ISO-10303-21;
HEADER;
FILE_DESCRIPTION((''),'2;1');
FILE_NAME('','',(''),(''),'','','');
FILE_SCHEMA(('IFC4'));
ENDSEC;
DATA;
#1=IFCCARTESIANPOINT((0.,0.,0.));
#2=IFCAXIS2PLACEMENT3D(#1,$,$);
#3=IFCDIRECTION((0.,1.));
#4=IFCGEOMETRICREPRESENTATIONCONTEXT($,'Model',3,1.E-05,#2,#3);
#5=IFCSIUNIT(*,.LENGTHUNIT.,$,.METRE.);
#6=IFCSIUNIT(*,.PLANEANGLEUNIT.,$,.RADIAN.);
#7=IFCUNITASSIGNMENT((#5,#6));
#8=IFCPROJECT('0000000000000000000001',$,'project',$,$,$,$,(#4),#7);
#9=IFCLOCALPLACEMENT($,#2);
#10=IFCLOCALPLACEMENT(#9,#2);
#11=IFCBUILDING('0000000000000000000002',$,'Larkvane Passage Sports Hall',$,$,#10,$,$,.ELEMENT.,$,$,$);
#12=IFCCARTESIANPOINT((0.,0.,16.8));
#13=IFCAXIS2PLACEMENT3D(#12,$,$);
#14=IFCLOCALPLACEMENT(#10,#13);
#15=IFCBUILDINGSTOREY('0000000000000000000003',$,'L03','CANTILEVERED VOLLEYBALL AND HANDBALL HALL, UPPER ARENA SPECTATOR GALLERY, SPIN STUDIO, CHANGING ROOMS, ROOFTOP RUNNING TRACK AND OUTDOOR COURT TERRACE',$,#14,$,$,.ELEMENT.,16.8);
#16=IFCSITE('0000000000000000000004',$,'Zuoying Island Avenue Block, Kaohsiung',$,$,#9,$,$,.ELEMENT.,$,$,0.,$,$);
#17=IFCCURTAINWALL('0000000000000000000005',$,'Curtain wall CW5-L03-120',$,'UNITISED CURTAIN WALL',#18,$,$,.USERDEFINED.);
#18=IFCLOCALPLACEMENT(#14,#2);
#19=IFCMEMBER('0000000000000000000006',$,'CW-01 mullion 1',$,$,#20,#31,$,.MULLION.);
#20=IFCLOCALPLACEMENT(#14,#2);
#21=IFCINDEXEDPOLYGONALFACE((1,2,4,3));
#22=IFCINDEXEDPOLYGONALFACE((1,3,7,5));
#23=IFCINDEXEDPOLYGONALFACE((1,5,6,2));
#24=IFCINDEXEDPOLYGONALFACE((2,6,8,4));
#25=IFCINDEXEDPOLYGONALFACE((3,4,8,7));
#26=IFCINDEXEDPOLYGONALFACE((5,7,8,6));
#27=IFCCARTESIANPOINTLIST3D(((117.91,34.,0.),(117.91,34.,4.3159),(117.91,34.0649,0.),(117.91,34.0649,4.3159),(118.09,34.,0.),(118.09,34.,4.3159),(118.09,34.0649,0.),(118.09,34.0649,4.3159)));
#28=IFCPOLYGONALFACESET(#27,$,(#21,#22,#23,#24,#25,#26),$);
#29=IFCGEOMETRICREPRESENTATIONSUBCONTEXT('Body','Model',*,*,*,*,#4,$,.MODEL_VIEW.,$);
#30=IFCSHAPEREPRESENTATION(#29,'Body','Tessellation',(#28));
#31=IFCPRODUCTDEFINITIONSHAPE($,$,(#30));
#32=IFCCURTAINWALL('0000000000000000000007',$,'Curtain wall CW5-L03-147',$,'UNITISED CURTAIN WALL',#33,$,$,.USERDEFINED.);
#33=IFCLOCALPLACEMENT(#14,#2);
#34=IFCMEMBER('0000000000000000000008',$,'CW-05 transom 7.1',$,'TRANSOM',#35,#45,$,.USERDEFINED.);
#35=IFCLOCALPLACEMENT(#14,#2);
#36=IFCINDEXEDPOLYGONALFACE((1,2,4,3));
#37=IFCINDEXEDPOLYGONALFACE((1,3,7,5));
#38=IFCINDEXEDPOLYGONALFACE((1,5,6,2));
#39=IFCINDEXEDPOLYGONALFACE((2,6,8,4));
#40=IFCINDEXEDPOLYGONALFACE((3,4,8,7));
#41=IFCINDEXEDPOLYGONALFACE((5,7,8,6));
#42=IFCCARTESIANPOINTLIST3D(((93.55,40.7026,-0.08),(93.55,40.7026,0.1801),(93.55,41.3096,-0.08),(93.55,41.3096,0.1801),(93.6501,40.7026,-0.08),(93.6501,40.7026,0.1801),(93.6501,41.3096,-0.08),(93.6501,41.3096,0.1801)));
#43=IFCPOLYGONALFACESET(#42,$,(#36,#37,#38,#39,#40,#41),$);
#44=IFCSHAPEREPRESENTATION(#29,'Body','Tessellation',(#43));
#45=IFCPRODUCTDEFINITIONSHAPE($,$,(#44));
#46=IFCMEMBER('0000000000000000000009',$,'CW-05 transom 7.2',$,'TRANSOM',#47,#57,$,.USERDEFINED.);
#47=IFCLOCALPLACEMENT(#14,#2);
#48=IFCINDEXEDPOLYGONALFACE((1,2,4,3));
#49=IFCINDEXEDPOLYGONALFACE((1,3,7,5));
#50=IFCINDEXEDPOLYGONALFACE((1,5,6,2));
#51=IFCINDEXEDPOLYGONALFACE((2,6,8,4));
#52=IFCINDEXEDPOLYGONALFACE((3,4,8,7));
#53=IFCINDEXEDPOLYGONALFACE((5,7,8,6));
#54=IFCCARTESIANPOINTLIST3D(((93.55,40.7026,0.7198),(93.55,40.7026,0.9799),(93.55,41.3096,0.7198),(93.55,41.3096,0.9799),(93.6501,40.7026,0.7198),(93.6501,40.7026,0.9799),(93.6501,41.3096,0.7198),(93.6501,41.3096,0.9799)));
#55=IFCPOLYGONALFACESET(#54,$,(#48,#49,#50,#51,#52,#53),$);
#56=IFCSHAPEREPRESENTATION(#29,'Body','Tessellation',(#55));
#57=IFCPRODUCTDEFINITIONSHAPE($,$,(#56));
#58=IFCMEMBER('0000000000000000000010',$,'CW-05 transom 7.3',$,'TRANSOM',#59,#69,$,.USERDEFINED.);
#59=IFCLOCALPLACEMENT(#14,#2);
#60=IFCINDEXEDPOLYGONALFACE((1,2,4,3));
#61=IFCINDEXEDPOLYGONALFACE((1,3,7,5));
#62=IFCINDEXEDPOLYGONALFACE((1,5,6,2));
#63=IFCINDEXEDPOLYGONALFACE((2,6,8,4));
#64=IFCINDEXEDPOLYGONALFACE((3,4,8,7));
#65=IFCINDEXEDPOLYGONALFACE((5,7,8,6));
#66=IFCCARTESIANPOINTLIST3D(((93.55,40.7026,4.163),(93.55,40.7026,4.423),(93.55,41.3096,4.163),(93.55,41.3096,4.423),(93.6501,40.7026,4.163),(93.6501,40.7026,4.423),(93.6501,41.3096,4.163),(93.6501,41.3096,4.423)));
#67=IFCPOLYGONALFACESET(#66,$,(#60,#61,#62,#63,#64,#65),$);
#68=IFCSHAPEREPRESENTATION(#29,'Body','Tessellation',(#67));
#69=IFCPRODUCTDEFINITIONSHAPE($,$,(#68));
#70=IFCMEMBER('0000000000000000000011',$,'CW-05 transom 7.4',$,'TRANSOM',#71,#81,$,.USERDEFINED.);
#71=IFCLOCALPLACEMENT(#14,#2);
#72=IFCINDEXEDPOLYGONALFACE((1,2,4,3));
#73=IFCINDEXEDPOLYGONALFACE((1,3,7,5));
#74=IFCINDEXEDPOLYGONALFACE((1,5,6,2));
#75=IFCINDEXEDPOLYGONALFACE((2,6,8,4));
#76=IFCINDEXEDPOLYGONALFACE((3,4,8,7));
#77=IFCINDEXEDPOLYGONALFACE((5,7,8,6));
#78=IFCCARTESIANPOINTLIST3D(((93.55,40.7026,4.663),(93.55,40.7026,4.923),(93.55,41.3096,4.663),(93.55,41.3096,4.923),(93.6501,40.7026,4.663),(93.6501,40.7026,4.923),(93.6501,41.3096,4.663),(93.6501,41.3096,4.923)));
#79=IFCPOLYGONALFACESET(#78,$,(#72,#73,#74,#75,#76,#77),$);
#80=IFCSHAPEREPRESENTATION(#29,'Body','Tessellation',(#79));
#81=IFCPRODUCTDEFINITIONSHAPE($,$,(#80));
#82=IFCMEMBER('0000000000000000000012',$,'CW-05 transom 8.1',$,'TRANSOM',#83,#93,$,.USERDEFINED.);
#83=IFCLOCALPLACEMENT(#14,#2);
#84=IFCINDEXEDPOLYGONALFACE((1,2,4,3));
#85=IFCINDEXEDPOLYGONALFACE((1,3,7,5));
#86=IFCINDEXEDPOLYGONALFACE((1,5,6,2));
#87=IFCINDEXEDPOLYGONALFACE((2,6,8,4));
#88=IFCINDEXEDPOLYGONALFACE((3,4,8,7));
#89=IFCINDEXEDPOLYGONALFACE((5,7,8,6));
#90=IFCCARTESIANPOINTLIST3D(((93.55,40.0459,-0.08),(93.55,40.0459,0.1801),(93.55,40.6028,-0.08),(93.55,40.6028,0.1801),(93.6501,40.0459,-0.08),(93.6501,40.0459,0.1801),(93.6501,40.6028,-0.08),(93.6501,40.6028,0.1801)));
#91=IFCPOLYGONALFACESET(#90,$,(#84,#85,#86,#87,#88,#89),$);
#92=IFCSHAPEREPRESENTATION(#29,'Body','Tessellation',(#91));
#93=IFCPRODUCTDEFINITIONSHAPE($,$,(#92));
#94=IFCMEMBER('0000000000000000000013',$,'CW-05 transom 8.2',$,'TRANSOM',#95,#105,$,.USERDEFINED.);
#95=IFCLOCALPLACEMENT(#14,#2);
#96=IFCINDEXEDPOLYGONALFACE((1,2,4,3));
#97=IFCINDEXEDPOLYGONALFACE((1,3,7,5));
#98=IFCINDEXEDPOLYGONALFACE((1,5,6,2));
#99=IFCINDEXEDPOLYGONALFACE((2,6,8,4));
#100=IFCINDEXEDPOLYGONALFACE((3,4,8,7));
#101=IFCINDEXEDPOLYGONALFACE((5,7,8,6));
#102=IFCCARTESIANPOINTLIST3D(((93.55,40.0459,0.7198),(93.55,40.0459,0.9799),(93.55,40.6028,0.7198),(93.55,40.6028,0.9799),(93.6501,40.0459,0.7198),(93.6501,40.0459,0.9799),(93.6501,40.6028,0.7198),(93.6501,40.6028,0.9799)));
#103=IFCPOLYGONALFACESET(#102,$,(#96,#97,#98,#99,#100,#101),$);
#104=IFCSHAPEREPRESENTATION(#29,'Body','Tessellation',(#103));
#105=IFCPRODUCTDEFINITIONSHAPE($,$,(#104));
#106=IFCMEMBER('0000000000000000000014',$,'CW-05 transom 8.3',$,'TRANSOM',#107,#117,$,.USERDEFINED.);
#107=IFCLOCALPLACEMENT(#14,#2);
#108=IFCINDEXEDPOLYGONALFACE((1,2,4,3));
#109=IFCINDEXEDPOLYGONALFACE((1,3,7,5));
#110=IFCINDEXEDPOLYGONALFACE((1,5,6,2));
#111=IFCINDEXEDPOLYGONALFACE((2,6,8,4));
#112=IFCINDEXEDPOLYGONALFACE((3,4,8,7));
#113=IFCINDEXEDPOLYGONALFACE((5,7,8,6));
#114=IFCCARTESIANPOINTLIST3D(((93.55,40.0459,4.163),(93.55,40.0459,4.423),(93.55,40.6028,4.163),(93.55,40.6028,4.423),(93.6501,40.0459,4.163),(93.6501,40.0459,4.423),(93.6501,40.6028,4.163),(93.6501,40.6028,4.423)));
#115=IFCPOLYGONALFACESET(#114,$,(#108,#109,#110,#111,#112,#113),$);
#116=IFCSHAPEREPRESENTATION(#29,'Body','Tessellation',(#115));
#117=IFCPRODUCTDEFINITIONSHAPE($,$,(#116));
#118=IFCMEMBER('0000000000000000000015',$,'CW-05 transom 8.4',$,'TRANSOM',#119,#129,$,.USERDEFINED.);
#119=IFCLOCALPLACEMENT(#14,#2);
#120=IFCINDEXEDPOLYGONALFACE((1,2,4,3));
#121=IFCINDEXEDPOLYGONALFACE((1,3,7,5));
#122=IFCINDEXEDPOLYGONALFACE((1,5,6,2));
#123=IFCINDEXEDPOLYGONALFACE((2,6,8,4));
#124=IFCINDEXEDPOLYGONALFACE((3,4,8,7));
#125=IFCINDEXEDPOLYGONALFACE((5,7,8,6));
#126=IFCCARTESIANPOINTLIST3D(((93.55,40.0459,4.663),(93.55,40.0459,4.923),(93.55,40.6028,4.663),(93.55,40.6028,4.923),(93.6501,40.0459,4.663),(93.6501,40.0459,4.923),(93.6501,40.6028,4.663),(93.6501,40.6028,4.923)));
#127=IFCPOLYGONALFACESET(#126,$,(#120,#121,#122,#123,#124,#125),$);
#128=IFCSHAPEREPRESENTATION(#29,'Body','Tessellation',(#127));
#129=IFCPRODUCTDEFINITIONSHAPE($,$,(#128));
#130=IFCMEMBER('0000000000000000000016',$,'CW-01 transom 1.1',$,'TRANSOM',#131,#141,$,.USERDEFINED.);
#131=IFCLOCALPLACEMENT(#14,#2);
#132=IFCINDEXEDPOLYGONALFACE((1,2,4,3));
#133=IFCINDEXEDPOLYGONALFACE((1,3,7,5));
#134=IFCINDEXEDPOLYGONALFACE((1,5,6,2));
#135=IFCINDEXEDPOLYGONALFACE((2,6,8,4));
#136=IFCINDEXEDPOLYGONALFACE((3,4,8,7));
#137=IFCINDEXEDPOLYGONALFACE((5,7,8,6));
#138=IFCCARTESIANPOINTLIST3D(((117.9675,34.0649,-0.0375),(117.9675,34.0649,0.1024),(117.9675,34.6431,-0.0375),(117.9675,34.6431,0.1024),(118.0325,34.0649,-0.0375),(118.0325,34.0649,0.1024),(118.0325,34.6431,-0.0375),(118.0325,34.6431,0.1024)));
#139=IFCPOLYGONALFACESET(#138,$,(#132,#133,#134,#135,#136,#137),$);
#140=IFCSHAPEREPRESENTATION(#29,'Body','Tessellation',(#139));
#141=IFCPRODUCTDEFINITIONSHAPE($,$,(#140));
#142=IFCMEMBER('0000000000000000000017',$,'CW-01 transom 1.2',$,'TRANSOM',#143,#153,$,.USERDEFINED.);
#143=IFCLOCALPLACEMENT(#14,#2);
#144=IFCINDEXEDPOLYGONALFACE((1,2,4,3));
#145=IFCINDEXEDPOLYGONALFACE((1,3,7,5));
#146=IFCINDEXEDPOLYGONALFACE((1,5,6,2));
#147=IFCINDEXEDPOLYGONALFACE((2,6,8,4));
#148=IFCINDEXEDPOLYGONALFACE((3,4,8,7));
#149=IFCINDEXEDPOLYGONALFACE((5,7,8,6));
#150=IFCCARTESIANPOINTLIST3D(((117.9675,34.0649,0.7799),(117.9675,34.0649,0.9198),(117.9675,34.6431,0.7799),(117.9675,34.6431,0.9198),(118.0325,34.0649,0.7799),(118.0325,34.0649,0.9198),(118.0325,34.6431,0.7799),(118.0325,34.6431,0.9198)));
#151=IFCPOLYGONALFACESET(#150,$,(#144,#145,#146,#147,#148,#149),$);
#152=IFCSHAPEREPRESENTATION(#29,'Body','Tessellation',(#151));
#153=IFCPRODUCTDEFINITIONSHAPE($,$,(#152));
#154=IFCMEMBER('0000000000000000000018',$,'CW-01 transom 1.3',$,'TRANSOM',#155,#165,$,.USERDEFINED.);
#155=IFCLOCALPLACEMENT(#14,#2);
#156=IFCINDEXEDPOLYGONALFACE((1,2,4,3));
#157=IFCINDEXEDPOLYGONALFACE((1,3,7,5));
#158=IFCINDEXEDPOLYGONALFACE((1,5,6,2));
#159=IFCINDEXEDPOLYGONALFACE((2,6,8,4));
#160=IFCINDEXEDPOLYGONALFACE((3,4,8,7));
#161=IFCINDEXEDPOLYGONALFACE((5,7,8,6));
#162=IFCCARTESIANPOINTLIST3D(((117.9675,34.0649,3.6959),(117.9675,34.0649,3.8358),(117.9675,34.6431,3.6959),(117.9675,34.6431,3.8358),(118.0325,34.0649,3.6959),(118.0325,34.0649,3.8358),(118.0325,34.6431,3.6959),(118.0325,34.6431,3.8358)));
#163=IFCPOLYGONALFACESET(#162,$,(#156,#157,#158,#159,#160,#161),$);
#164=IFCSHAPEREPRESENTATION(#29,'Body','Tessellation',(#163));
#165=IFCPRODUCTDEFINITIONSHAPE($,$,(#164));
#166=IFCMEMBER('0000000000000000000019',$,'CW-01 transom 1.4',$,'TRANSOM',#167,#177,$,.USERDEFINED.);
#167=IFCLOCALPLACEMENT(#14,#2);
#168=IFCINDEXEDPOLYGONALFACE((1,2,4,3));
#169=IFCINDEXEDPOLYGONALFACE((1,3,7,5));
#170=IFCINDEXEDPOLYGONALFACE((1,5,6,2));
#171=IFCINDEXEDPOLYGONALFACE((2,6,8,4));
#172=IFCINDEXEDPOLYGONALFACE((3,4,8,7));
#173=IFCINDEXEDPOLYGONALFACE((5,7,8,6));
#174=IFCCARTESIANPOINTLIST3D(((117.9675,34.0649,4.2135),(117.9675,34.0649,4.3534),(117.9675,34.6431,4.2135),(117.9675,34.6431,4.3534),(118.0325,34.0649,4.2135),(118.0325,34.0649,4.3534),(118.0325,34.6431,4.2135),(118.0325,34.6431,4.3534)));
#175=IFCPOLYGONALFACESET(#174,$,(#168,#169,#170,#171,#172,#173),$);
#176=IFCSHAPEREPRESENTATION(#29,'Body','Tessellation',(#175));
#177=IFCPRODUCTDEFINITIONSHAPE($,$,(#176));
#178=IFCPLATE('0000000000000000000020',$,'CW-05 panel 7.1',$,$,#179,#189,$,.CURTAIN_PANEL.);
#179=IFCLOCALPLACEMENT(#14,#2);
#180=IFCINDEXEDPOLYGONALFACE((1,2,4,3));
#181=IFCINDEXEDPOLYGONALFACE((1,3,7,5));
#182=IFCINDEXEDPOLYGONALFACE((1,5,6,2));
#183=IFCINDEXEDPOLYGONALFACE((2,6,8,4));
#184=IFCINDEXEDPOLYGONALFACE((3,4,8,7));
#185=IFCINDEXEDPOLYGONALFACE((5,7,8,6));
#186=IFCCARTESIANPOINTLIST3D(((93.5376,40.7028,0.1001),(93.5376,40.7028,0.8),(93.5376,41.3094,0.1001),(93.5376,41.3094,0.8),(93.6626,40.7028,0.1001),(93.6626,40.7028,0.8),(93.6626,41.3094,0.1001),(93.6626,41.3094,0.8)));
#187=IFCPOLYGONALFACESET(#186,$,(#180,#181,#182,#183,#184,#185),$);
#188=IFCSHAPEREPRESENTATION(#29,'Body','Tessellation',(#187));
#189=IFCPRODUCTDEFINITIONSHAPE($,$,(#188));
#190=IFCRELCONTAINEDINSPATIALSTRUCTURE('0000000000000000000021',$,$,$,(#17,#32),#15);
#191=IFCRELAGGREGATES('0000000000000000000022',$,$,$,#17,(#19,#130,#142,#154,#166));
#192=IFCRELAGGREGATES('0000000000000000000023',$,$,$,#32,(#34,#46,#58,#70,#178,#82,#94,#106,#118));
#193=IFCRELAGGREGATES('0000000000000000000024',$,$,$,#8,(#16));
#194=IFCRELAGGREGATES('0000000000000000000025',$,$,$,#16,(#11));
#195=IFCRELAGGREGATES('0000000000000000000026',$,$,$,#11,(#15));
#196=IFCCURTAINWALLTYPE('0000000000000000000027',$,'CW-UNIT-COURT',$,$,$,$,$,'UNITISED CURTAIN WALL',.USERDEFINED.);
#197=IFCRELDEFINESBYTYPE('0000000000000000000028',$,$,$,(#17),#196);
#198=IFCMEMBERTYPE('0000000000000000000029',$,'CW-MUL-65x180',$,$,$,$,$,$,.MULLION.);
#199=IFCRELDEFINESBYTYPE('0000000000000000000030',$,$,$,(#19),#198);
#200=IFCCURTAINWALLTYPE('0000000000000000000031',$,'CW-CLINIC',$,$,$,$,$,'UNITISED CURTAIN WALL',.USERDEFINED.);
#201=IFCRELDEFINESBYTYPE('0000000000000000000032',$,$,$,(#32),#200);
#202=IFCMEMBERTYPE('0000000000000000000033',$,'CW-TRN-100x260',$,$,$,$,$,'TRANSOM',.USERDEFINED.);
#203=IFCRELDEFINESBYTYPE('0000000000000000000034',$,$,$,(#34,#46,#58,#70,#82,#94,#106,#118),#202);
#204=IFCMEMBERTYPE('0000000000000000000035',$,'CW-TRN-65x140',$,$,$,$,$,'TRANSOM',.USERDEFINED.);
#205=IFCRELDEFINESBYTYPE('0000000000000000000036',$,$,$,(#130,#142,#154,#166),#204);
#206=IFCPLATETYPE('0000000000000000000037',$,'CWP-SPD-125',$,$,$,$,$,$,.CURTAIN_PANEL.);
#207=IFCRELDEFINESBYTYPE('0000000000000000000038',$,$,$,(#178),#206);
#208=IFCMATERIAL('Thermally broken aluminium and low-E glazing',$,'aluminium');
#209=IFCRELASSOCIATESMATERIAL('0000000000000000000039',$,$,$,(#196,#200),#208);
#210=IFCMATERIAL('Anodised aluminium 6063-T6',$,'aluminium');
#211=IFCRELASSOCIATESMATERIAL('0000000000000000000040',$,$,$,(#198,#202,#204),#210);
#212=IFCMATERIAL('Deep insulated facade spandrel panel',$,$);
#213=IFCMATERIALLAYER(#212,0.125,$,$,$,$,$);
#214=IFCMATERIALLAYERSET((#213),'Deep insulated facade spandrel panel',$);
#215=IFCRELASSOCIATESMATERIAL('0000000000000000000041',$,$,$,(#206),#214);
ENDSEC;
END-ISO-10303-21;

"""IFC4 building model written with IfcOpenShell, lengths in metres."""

from ifc_helpers import new_model, si_unit, direction, frame, origin, origin_2d, place, context, subcontext, project, spatial, rectangle, extrude, material, layer, layer_set, material_profile, profile_set, type_object, element, aggregate, save


model = new_model("IFC4")

# Units and contexts
model_context = context("Model", 3, precision=1e-05, world=origin(), true_north=direction((0.0, 1.0)))
body_context = subcontext(model_context, "Body", "Model", "MODEL_VIEW")
ifc_project = project(units=[si_unit("LENGTHUNIT", "METRE"), si_unit("PLANEANGLEUNIT", "RADIAN")], contexts=[model_context])

# Site, building, storey
site_placement = place(None, origin())
site = spatial("IfcSite", under=ifc_project, at=site_placement, Name="Zuoying Island Avenue Block, Kaohsiung", CompositionType="ELEMENT", RefElevation=0.0)
building_placement = place(site_placement, origin())
building = spatial("IfcBuilding", under=site, at=building_placement, Name="Larkvane Passage Sports Hall", CompositionType="ELEMENT")
storey_placement = place(building_placement, frame((0.0, 0.0, 16.8)))
storey = spatial("IfcBuildingStorey", under=building, at=storey_placement, Name="L03", Description="CANTILEVERED VOLLEYBALL AND HANDBALL HALL, UPPER ARENA SPECTATOR GALLERY, SPIN STUDIO, CHANGING ROOMS, ROOFTOP RUNNING TRACK AND OUTDOOR COURT TERRACE", CompositionType="ELEMENT", Elevation=16.8)

# Curtain wall, member
ifc_material_1 = material(Name="Thermally broken aluminium and low-E glazing", Category="aluminium")
curtain_wall_type_1 = type_object("IfcCurtainWallType", Name="CW-UNIT-COURT", ElementType="UNITISED CURTAIN WALL", PredefinedType="USERDEFINED", material=ifc_material_1)
curtain_wall_1_placement = place(storey_placement, origin())
curtain_wall_1 = element("IfcCurtainWall", 1, at=curtain_wall_1_placement, inside=storey, type_object=curtain_wall_type_1, Name="Curtain wall CW5-L03-120", ObjectType="UNITISED CURTAIN WALL", PredefinedType="USERDEFINED")
ifc_material_2 = material(Name="Anodised aluminium 6063-T6", Category="aluminium")
ifc_material_profile_1 = material_profile(ifc_material_2, rectangle(XDim=0.0649, YDim=0.1799, at=origin_2d()), Name="ALU-MUL-65x180")
ifc_profile_set_1 = profile_set([ifc_material_profile_1], Name="Anodised aluminium 6063-T6")
member_type_1 = type_object("IfcMemberType", Name="CW-MUL-65x180", PredefinedType="MULLION", material=ifc_profile_set_1)
member_1_placement = place(storey_placement, frame((118.0, 34.0325, 0.0), z_axis=(0.0, 0.0, 1.0), x_axis=(0.0, 1.0, 0.0)))
member_1 = element("IfcMember", 2, at=member_1_placement, type_object=member_type_1, Name="CW-01 mullion 1", PredefinedType="MULLION", context=body_context, shape_type="SweptSolid", body=[
    extrude(rectangle(XDim=0.0649, YDim=0.1799, at=origin_2d()), origin(), (0.0, 0.0, 1.0), 4.3159),
])

# Curtain wall, members
curtain_wall_type_2 = type_object("IfcCurtainWallType", Name="CW-CLINIC", ElementType="UNITISED CURTAIN WALL", PredefinedType="USERDEFINED", material=ifc_material_1)
curtain_wall_2_placement = place(storey_placement, origin())
curtain_wall_2 = element("IfcCurtainWall", 3, at=curtain_wall_2_placement, inside=storey, type_object=curtain_wall_type_2, Name="Curtain wall CW5-L03-147", ObjectType="UNITISED CURTAIN WALL", PredefinedType="USERDEFINED")
ifc_material_profile_2 = material_profile(ifc_material_2, rectangle(XDim=0.1001, YDim=0.26, at=origin_2d()), Name="ALU-TRN-100x260")
ifc_profile_set_2 = profile_set([ifc_material_profile_2], Name="Anodised aluminium 6063-T6")
member_type_2 = type_object("IfcMemberType", Name="CW-TRN-100x260", ElementType="TRANSOM", PredefinedType="USERDEFINED", material=ifc_profile_set_2)
member_2_placement = place(storey_placement, frame((93.6001, 41.3096, 0.05), z_axis=(0.0, -1.0, 0.0), x_axis=(1.0, 0.0, 0.0)))
member_2 = element("IfcMember", 4, at=member_2_placement, type_object=member_type_2, Name="CW-05 transom 7.1", ObjectType="TRANSOM", PredefinedType="USERDEFINED", context=body_context, shape_type="SweptSolid", body=[
    extrude(rectangle(XDim=0.1001, YDim=0.26, at=origin_2d()), origin(), (0.0, 0.0, 1.0), 0.6069),
])
member_3_placement = place(storey_placement, frame((93.6001, 41.3096, 0.8499), z_axis=(0.0, -1.0, 0.0), x_axis=(1.0, 0.0, 0.0)))
member_3 = element("IfcMember", 5, at=member_3_placement, type_object=member_type_2, Name="CW-05 transom 7.2", ObjectType="TRANSOM", PredefinedType="USERDEFINED", context=body_context, shape_type="SweptSolid", body=[
    extrude(rectangle(XDim=0.1001, YDim=0.26, at=origin_2d()), origin(), (0.0, 0.0, 1.0), 0.6069),
])
member_4_placement = place(storey_placement, frame((93.6001, 41.3096, 4.293), z_axis=(0.0, -1.0, 0.0), x_axis=(1.0, 0.0, 0.0)))
member_4 = element("IfcMember", 6, at=member_4_placement, type_object=member_type_2, Name="CW-05 transom 7.3", ObjectType="TRANSOM", PredefinedType="USERDEFINED", context=body_context, shape_type="SweptSolid", body=[
    extrude(rectangle(XDim=0.1001, YDim=0.26, at=origin_2d()), origin(), (0.0, 0.0, 1.0), 0.6069),
])
member_5_placement = place(storey_placement, frame((93.6001, 41.3096, 4.793), z_axis=(0.0, -1.0, 0.0), x_axis=(1.0, 0.0, 0.0)))
member_5 = element("IfcMember", 7, at=member_5_placement, type_object=member_type_2, Name="CW-05 transom 7.4", ObjectType="TRANSOM", PredefinedType="USERDEFINED", context=body_context, shape_type="SweptSolid", body=[
    extrude(rectangle(XDim=0.1001, YDim=0.26, at=origin_2d()), origin(), (0.0, 0.0, 1.0), 0.6069),
])
member_6_placement = place(storey_placement, frame((93.6001, 40.6028, 0.05), z_axis=(0.0, -1.0, 0.0), x_axis=(1.0, 0.0, 0.0)))
member_6 = element("IfcMember", 8, at=member_6_placement, type_object=member_type_2, Name="CW-05 transom 8.1", ObjectType="TRANSOM", PredefinedType="USERDEFINED", context=body_context, shape_type="SweptSolid", body=[
    extrude(rectangle(XDim=0.1001, YDim=0.26, at=origin_2d()), origin(), (0.0, 0.0, 1.0), 0.5569),
])
member_7_placement = place(storey_placement, frame((93.6001, 40.6028, 0.8499), z_axis=(0.0, -1.0, 0.0), x_axis=(1.0, 0.0, 0.0)))
member_7 = element("IfcMember", 9, at=member_7_placement, type_object=member_type_2, Name="CW-05 transom 8.2", ObjectType="TRANSOM", PredefinedType="USERDEFINED", context=body_context, shape_type="SweptSolid", body=[
    extrude(rectangle(XDim=0.1001, YDim=0.26, at=origin_2d()), origin(), (0.0, 0.0, 1.0), 0.5569),
])
member_8_placement = place(storey_placement, frame((93.6001, 40.6028, 4.293), z_axis=(0.0, -1.0, 0.0), x_axis=(1.0, 0.0, 0.0)))
member_8 = element("IfcMember", 10, at=member_8_placement, type_object=member_type_2, Name="CW-05 transom 8.3", ObjectType="TRANSOM", PredefinedType="USERDEFINED", context=body_context, shape_type="SweptSolid", body=[
    extrude(rectangle(XDim=0.1001, YDim=0.26, at=origin_2d()), origin(), (0.0, 0.0, 1.0), 0.5569),
])
member_9_placement = place(storey_placement, frame((93.6001, 40.6028, 4.793), z_axis=(0.0, -1.0, 0.0), x_axis=(1.0, 0.0, 0.0)))
member_9 = element("IfcMember", 11, at=member_9_placement, type_object=member_type_2, Name="CW-05 transom 8.4", ObjectType="TRANSOM", PredefinedType="USERDEFINED", context=body_context, shape_type="SweptSolid", body=[
    extrude(rectangle(XDim=0.1001, YDim=0.26, at=origin_2d()), origin(), (0.0, 0.0, 1.0), 0.5569),
])

# Members
ifc_material_profile_3 = material_profile(ifc_material_2, rectangle(XDim=0.0649, YDim=0.1399, at=origin_2d()), Name="ALU-TRN-65x140")
ifc_profile_set_3 = profile_set([ifc_material_profile_3], Name="Anodised aluminium 6063-T6")
member_type_3 = type_object("IfcMemberType", Name="CW-TRN-65x140", ElementType="TRANSOM", PredefinedType="USERDEFINED", material=ifc_profile_set_3)
member_10_placement = place(storey_placement, frame((118.0, 34.0649, 0.0325), z_axis=(0.0, 1.0, 0.0), x_axis=(-1.0, 0.0, 0.0)))
member_10 = element("IfcMember", 12, at=member_10_placement, type_object=member_type_3, Name="CW-01 transom 1.1", ObjectType="TRANSOM", PredefinedType="USERDEFINED", context=body_context, shape_type="SweptSolid", body=[
    extrude(rectangle(XDim=0.0649, YDim=0.1399, at=origin_2d()), origin(), (0.0, 0.0, 1.0), 0.5781),
])
member_11_placement = place(storey_placement, frame((118.0, 34.0649, 0.8499), z_axis=(0.0, 1.0, 0.0), x_axis=(-1.0, 0.0, 0.0)))
member_11 = element("IfcMember", 13, at=member_11_placement, type_object=member_type_3, Name="CW-01 transom 1.2", ObjectType="TRANSOM", PredefinedType="USERDEFINED", context=body_context, shape_type="SweptSolid", body=[
    extrude(rectangle(XDim=0.0649, YDim=0.1399, at=origin_2d()), origin(), (0.0, 0.0, 1.0), 0.5781),
])
member_12_placement = place(storey_placement, frame((118.0, 34.0649, 3.7659), z_axis=(0.0, 1.0, 0.0), x_axis=(-1.0, 0.0, 0.0)))
member_12 = element("IfcMember", 14, at=member_12_placement, type_object=member_type_3, Name="CW-01 transom 1.3", ObjectType="TRANSOM", PredefinedType="USERDEFINED", context=body_context, shape_type="SweptSolid", body=[
    extrude(rectangle(XDim=0.0649, YDim=0.1399, at=origin_2d()), origin(), (0.0, 0.0, 1.0), 0.5781),
])
member_13_placement = place(storey_placement, frame((118.0, 34.0649, 4.2834), z_axis=(0.0, 1.0, 0.0), x_axis=(-1.0, 0.0, 0.0)))
member_13 = element("IfcMember", 15, at=member_13_placement, type_object=member_type_3, Name="CW-01 transom 1.4", ObjectType="TRANSOM", PredefinedType="USERDEFINED", context=body_context, shape_type="SweptSolid", body=[
    extrude(rectangle(XDim=0.0649, YDim=0.1399, at=origin_2d()), origin(), (0.0, 0.0, 1.0), 0.5781),
])
aggregate(curtain_wall_1, [member_1, member_10, member_11, member_12, member_13])

# Plate
ifc_material_3 = material(Name="Deep insulated facade spandrel panel")
ifc_layer_1 = layer(ifc_material_3, 0.125)
ifc_layer_set_1 = layer_set([ifc_layer_1], Name="Deep insulated facade spandrel panel")
plate_type_1 = type_object("IfcPlateType", Name="CWP-SPD-125", PredefinedType="CURTAIN_PANEL", material=ifc_layer_set_1)
plate_1_placement = place(storey_placement, frame((93.6001, 41.0061, 0.1001), z_axis=(0.0, 0.0, 1.0), x_axis=(0.0, -1.0, 0.0)))
plate_1 = element("IfcPlate", 16, at=plate_1_placement, type_object=plate_type_1, Name="CW-05 panel 7.1", PredefinedType="CURTAIN_PANEL", context=body_context, shape_type="SweptSolid", body=[
    extrude(rectangle(XDim=0.6067, YDim=0.125, at=origin_2d()), origin(), (0.0, 0.0, 1.0), 0.7),
])
aggregate(curtain_wall_2, [member_2, member_3, member_4, member_5, plate_1, member_6, member_7, member_8, member_9])

save(model, "model.ifc")
